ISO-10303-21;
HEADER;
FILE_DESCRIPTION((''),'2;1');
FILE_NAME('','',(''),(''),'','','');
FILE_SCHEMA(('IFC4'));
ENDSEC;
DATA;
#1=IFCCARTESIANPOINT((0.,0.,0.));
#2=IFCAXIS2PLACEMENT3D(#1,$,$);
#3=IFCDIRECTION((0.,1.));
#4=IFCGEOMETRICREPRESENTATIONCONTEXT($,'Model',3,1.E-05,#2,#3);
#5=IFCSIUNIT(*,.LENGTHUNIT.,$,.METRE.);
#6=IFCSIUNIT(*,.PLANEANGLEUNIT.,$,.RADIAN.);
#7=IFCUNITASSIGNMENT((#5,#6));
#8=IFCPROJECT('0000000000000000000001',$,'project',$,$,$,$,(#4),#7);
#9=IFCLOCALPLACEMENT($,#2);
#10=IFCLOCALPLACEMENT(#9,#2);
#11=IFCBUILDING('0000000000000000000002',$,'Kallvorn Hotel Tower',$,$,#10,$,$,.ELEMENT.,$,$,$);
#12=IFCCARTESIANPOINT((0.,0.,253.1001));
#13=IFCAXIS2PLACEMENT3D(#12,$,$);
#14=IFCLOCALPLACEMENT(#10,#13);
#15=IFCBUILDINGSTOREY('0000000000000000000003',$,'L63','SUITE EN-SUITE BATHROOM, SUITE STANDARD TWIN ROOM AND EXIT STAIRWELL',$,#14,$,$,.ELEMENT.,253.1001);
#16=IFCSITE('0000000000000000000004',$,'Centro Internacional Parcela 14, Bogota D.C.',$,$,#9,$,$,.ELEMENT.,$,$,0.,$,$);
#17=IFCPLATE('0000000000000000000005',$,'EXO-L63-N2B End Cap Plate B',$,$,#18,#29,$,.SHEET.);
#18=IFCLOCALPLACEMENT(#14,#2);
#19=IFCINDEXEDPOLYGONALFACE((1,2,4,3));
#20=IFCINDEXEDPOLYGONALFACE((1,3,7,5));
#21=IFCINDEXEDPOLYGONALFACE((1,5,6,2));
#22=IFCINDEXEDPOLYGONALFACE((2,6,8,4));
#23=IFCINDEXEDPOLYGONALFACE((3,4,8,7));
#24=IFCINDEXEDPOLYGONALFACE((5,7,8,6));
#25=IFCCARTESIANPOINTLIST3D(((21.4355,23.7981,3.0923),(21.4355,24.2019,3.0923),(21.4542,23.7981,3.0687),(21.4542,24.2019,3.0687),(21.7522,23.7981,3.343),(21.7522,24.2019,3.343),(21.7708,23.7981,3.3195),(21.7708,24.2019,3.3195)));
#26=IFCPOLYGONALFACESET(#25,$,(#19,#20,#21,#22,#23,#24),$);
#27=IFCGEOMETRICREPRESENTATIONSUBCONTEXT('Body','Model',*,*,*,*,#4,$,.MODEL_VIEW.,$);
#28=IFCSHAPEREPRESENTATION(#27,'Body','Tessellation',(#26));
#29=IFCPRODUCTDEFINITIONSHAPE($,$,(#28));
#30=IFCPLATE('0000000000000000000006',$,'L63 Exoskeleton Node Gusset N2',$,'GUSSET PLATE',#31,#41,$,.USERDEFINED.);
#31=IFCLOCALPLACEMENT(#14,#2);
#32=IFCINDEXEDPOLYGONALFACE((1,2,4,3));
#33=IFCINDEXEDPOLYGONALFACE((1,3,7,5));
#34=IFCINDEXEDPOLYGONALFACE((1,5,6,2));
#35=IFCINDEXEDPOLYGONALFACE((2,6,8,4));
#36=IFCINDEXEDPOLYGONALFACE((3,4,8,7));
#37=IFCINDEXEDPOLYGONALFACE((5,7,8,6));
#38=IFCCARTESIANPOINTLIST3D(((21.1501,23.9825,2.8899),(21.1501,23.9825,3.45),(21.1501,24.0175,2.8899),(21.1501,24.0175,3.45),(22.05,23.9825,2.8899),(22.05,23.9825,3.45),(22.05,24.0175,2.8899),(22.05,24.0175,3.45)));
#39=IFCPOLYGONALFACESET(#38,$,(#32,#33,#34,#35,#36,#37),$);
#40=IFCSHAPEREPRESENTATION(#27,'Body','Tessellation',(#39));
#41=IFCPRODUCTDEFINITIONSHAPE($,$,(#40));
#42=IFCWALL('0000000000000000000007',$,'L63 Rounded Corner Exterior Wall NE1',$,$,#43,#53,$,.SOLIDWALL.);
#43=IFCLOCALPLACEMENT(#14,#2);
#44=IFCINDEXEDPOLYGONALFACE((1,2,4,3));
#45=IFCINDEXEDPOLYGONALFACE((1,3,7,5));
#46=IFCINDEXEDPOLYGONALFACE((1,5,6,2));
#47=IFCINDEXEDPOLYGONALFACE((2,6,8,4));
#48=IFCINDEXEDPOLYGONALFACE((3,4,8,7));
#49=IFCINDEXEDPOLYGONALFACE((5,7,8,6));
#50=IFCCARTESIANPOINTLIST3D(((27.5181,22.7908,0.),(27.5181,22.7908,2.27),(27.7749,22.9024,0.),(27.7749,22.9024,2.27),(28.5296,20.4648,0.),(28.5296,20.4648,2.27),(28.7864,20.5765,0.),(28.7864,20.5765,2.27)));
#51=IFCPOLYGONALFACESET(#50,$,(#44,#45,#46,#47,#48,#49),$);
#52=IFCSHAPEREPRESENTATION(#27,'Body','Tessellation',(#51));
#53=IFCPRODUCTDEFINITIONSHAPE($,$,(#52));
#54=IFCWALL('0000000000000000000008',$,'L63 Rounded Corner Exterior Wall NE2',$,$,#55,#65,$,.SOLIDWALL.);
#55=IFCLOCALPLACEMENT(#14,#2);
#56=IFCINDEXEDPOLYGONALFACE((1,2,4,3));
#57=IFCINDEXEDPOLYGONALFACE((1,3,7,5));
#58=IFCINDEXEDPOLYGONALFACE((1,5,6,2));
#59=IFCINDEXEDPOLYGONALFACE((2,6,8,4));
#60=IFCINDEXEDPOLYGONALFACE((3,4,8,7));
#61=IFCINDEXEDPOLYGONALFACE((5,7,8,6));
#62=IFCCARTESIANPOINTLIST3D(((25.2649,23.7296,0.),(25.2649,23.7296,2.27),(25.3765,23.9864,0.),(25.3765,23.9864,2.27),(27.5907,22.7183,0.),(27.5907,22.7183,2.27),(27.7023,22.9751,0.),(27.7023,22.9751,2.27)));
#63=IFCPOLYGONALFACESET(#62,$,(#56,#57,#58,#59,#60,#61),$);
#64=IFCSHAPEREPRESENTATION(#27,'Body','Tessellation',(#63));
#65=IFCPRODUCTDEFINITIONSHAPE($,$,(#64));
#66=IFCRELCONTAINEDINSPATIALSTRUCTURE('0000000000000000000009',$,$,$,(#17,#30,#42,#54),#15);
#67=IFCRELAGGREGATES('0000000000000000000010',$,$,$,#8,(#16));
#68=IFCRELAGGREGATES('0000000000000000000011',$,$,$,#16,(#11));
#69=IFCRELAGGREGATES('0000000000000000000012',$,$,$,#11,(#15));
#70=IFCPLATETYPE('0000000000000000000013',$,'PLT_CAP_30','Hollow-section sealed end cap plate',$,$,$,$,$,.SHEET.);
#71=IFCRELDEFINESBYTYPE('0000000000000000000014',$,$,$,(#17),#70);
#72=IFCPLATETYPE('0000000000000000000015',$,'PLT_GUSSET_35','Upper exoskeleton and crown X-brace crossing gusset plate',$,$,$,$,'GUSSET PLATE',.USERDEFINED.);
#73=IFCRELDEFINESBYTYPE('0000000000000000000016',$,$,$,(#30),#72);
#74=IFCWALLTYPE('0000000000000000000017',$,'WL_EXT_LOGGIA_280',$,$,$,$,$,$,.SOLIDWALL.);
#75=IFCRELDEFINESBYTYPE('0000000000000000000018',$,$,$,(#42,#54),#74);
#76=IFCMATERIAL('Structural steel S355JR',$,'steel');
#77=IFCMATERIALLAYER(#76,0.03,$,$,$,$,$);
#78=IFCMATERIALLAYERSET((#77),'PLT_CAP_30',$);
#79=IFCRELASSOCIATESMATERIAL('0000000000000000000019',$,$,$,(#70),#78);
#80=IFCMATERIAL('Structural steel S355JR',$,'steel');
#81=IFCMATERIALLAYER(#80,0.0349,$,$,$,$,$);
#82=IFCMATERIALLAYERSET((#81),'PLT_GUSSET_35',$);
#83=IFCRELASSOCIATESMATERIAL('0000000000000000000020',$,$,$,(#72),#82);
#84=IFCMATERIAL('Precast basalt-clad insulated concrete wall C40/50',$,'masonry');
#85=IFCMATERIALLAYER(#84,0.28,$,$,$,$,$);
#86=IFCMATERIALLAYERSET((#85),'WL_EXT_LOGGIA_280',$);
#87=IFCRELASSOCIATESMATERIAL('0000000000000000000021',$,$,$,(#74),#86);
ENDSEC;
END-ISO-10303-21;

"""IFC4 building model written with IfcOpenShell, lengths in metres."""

from ifc_helpers import new_model, si_unit, direction, frame, frame_2d, origin, origin_2d, place, context, subcontext, project, spatial, polyline, rectangle, outline, extrude, material, layer, layer_set, type_object, element, save


model = new_model("IFC4")

# Units and contexts
model_context = context("Model", 3, precision=1e-05, world=origin(), true_north=direction((0.0, 1.0)))
body_context = subcontext(model_context, "Body", "Model", "MODEL_VIEW")
ifc_project = project(units=[si_unit("LENGTHUNIT", "METRE"), si_unit("PLANEANGLEUNIT", "RADIAN")], contexts=[model_context])

# Site, building, storey
site_placement = place(None, origin())
site = spatial("IfcSite", under=ifc_project, at=site_placement, Name="Centro Internacional Parcela 14, Bogota D.C.", CompositionType="ELEMENT", RefElevation=0.0)
building_placement = place(site_placement, origin())
building = spatial("IfcBuilding", under=site, at=building_placement, Name="Kallvorn Hotel Tower", CompositionType="ELEMENT")
storey_placement = place(building_placement, frame((0.0, 0.0, 253.1001)))
storey = spatial("IfcBuildingStorey", under=building, at=storey_placement, Name="L63", Description="SUITE EN-SUITE BATHROOM, SUITE STANDARD TWIN ROOM AND EXIT STAIRWELL", CompositionType="ELEMENT", Elevation=253.1001)

# Plates
ifc_material_1 = material(Name="Structural steel S355JR", Category="steel")
ifc_layer_1 = layer(ifc_material_1, 0.03)
ifc_layer_set_1 = layer_set([ifc_layer_1], Name="PLT_CAP_30")
plate_type_1 = type_object("IfcPlateType", Name="PLT_CAP_30", Description="Hollow-section sealed end cap plate", PredefinedType="SHEET", material=ifc_layer_set_1)
plate_1_placement = place(storey_placement, frame((21.4355, 24.2019, 3.0923), z_axis=(-0.62078, 0.0, 0.783985), x_axis=(0.0, -1.0, 0.0)))
element("IfcPlate", 1, at=plate_1_placement, inside=storey, type_object=plate_type_1, Name="EXO-L63-N2B End Cap Plate B", PredefinedType="SHEET", context=body_context, shape_type="SweptSolid", body=[
    extrude(outline(polyline([(0.0, 0.0), (0.4038, 0.0), (0.4038, 0.4039), (0.0, 0.4039), (0.0, 0.0)])), origin(), (0.0, 0.0, -1.0), 0.03),
])
ifc_material_2 = material(Name="Structural steel S355JR", Category="steel")
ifc_layer_2 = layer(ifc_material_2, 0.0349)
ifc_layer_set_2 = layer_set([ifc_layer_2], Name="PLT_GUSSET_35")
plate_type_2 = type_object("IfcPlateType", Name="PLT_GUSSET_35", Description="Upper exoskeleton and crown X-brace crossing gusset plate", ElementType="GUSSET PLATE", PredefinedType="USERDEFINED", material=ifc_layer_set_2)
plate_2_placement = place(storey_placement, frame((21.6001, 24.0, 2.8899), z_axis=(0.0, 0.0, 1.0), x_axis=(1.0, 0.0, 0.0)))
element("IfcPlate", 2, at=plate_2_placement, inside=storey, type_object=plate_type_2, Name="L63 Exoskeleton Node Gusset N2", ObjectType="GUSSET PLATE", PredefinedType="USERDEFINED", context=body_context, shape_type="SweptSolid", body=[
    extrude(rectangle(XDim=0.8999, YDim=0.0349, at=origin_2d()), origin(), (0.0, 0.0, 1.0), 0.5601),
])

# Walls
ifc_material_3 = material(Name="Precast basalt-clad insulated concrete wall C40/50", Category="masonry")
ifc_layer_3 = layer(ifc_material_3, 0.28)
ifc_layer_set_3 = layer_set([ifc_layer_3], Name="WL_EXT_LOGGIA_280")
wall_type = type_object("IfcWallType", Name="WL_EXT_LOGGIA_280", PredefinedType="SOLIDWALL", material=ifc_layer_set_3)
wall_1_placement = place(storey_placement, frame((28.658, 20.5208, 0.0), z_axis=(0.0, 0.0, 1.0), x_axis=(-0.398793, 0.917041, 0.0)))
element("IfcWall", 3, at=wall_1_placement, inside=storey, type_object=wall_type, Name="L63 Rounded Corner Exterior Wall NE1", PredefinedType="SOLIDWALL", context=body_context, shape_type="SweptSolid", body=[
    extrude(rectangle(XDim=2.5364, YDim=0.28, at=frame_2d((1.2681, 0.0))), origin(), (0.0, 0.0, 1.0), 2.27),
])
wall_2_placement = place(storey_placement, frame((27.6465, 22.8467, 0.0), z_axis=(0.0, 0.0, 1.0), x_axis=(-0.917061, 0.398747, 0.0)))
element("IfcWall", 4, at=wall_2_placement, inside=storey, type_object=wall_type, Name="L63 Rounded Corner Exterior Wall NE2", PredefinedType="SOLIDWALL", context=body_context, shape_type="SweptSolid", body=[
    extrude(rectangle(XDim=2.5361, YDim=0.28, at=frame_2d((1.2681, 0.0))), origin(), (0.0, 0.0, 1.0), 2.27),
])

save(model, "model.ifc")
